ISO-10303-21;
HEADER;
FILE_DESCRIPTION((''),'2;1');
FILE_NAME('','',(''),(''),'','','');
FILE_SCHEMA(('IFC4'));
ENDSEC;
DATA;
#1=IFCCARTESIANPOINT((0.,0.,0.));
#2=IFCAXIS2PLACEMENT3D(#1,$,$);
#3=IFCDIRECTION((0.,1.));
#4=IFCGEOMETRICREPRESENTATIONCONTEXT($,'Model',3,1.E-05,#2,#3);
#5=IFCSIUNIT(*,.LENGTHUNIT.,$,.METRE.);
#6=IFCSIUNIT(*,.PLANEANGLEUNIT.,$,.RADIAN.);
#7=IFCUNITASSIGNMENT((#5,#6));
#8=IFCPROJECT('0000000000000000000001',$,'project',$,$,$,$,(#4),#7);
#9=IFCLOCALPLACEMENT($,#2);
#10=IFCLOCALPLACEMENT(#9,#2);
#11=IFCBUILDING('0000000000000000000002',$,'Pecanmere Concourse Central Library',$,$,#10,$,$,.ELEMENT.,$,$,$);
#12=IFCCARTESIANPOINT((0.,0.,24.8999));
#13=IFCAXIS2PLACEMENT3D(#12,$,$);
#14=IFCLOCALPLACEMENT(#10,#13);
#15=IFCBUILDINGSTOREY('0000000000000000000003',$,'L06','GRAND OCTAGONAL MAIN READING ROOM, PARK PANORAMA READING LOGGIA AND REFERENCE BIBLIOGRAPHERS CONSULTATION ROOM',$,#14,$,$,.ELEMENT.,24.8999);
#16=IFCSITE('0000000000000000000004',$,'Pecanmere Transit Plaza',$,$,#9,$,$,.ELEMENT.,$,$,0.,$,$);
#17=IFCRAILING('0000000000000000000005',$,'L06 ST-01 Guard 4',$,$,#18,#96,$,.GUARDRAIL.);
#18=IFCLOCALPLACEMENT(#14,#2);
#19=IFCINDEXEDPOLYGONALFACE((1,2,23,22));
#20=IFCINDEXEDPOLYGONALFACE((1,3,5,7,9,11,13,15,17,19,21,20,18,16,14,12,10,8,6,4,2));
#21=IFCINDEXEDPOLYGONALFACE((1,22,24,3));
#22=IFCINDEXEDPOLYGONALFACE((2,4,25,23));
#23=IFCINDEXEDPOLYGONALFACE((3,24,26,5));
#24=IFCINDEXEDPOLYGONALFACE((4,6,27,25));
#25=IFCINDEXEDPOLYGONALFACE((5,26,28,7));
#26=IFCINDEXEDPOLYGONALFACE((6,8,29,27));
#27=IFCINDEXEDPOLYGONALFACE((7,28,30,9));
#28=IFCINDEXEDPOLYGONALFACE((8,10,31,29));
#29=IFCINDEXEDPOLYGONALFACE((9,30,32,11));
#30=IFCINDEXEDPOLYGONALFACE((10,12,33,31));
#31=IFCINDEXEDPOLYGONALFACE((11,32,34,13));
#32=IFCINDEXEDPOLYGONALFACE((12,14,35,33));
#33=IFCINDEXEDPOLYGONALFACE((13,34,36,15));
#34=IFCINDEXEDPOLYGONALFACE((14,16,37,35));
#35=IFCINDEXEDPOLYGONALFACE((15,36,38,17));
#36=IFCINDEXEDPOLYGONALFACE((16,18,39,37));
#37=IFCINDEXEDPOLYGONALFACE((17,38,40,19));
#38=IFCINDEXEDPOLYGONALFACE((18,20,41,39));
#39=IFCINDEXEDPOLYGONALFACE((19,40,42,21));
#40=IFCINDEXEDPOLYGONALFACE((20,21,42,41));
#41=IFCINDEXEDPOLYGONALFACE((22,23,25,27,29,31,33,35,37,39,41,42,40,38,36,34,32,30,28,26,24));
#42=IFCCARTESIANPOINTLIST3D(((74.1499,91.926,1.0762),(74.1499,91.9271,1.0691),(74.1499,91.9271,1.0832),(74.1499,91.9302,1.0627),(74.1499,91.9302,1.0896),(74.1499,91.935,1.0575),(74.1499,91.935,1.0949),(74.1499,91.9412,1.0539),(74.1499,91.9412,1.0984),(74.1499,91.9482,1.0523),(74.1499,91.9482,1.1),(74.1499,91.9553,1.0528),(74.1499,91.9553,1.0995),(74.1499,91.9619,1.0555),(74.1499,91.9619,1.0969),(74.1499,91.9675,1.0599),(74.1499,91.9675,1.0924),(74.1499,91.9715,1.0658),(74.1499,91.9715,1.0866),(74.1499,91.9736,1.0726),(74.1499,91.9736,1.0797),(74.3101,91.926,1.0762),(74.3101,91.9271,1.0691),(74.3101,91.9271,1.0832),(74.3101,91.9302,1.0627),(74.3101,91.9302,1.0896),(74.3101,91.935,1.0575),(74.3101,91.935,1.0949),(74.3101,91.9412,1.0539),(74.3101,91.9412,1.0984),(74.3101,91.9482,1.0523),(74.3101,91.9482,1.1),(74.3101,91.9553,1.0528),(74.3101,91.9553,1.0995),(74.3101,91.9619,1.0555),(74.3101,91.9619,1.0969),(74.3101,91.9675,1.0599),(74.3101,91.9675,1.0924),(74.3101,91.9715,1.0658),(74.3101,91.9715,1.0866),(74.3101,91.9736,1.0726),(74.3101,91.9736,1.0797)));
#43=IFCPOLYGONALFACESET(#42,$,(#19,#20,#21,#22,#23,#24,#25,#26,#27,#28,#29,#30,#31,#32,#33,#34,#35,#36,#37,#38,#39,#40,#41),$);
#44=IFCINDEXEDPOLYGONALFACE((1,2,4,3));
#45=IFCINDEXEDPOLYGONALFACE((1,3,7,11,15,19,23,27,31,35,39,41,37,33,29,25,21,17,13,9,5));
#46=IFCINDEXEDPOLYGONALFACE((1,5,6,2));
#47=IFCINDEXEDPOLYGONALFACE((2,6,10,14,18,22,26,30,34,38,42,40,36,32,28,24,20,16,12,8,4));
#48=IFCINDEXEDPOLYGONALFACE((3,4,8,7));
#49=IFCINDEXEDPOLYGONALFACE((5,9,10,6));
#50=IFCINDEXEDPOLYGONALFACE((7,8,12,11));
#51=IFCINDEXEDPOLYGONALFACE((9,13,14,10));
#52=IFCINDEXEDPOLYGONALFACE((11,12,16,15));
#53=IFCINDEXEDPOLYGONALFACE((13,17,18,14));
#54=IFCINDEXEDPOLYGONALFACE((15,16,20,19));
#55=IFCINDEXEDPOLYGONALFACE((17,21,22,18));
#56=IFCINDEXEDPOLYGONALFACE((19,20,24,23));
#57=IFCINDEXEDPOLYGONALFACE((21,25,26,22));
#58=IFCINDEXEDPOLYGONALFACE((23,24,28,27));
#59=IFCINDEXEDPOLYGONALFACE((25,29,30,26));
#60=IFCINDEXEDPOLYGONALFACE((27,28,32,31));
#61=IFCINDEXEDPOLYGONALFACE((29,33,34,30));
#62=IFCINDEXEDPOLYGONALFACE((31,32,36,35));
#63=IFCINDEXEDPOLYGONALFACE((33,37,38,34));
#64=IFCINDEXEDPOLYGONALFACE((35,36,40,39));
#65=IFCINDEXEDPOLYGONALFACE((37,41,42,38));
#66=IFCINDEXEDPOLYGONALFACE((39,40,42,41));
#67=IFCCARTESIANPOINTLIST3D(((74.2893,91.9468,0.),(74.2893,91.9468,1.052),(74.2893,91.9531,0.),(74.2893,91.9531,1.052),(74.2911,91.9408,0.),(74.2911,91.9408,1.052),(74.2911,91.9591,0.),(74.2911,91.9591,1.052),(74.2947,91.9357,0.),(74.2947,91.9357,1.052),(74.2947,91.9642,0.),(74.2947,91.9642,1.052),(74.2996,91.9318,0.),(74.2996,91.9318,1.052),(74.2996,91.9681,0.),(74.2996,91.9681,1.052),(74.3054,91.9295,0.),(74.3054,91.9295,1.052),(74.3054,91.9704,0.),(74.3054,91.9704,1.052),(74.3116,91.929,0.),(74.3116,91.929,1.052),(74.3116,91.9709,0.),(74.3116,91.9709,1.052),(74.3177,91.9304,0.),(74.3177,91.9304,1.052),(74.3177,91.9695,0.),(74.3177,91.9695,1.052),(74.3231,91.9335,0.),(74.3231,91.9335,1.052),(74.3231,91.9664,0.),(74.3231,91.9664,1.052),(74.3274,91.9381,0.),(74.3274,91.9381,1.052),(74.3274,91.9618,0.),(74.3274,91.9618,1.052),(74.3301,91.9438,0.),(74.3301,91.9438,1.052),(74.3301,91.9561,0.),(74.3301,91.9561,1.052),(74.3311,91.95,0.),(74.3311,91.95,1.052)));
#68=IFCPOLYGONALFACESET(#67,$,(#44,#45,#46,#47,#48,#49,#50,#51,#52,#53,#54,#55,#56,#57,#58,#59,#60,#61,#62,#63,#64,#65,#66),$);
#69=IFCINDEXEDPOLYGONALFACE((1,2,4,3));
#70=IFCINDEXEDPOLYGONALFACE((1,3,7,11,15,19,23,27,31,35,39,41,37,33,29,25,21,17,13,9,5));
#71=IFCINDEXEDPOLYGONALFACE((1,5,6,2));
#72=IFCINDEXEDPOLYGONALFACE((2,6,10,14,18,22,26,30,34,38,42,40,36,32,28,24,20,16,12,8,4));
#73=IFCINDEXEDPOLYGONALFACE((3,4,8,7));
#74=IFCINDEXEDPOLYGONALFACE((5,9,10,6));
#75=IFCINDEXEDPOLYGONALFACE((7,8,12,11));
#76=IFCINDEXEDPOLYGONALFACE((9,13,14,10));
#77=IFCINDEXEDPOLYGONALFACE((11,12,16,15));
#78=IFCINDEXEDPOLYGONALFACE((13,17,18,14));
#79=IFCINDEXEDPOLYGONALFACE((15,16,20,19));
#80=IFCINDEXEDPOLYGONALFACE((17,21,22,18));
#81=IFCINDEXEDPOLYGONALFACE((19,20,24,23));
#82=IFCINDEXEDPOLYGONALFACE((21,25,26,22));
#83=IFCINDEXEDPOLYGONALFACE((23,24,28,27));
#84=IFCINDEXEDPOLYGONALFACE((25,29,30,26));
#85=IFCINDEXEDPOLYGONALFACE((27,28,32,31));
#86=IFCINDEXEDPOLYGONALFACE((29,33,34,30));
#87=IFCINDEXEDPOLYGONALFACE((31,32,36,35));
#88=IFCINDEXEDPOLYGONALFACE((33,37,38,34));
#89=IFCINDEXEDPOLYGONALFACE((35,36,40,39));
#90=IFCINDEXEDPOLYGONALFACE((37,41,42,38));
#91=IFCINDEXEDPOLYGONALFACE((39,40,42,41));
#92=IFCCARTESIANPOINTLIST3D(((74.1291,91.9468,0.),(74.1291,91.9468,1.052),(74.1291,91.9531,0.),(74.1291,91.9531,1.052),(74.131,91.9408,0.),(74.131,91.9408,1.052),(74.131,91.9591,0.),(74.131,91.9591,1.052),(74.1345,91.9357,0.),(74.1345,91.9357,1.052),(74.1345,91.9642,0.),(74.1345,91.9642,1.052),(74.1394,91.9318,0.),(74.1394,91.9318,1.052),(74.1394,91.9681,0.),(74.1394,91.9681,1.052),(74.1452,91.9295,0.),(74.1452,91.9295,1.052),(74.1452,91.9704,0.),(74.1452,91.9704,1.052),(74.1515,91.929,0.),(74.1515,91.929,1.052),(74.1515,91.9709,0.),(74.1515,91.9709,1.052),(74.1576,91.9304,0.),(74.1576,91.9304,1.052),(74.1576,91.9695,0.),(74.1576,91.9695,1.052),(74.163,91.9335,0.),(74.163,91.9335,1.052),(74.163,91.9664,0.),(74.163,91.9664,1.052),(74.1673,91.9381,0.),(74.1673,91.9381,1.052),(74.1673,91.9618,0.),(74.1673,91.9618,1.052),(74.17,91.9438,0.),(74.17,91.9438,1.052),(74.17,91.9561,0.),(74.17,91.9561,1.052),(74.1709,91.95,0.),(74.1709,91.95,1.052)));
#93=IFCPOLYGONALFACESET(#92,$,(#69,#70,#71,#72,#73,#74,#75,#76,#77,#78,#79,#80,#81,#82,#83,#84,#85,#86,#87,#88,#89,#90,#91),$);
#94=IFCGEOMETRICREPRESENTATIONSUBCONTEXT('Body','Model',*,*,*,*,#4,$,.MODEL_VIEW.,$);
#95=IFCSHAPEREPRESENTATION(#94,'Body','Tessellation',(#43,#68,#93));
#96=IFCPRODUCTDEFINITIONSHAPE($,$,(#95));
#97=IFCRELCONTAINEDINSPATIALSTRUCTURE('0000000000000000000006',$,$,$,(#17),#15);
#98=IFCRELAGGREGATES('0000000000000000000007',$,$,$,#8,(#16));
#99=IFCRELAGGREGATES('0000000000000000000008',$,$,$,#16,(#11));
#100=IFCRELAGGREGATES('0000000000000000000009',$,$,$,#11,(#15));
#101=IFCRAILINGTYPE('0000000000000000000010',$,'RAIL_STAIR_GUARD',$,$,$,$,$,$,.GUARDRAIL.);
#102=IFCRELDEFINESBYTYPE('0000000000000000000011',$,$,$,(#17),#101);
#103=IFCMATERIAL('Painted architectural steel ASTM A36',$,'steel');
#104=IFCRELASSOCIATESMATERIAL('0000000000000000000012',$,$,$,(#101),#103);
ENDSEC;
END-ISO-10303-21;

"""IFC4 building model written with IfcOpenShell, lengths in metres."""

from ifc_helpers import new_model, si_unit, direction, frame, origin, origin_2d, place, context, subcontext, project, spatial, circle, extrude, material, type_object, element, save


model = new_model("IFC4")

# Units and contexts
model_context = context("Model", 3, precision=1e-05, world=origin(), true_north=direction((0.0, 1.0)))
body_context = subcontext(model_context, "Body", "Model", "MODEL_VIEW")
ifc_project = project(units=[si_unit("LENGTHUNIT", "METRE"), si_unit("PLANEANGLEUNIT", "RADIAN")], contexts=[model_context])

# Site, building, storey
site_placement = place(None, origin())
site = spatial("IfcSite", under=ifc_project, at=site_placement, Name="Pecanmere Transit Plaza", CompositionType="ELEMENT", RefElevation=0.0)
building_placement = place(site_placement, origin())
building = spatial("IfcBuilding", under=site, at=building_placement, Name="Pecanmere Concourse Central Library", CompositionType="ELEMENT")
storey_placement = place(building_placement, frame((0.0, 0.0, 24.8999)))
storey = spatial("IfcBuildingStorey", under=building, at=storey_placement, Name="L06", Description="GRAND OCTAGONAL MAIN READING ROOM, PARK PANORAMA READING LOGGIA AND REFERENCE BIBLIOGRAPHERS CONSULTATION ROOM", CompositionType="ELEMENT", Elevation=24.8999)

# Railing
ifc_material_1 = material(Name="Painted architectural steel ASTM A36", Category="steel")
railing_type_1 = type_object("IfcRailingType", Name="RAIL_STAIR_GUARD", PredefinedType="GUARDRAIL", material=ifc_material_1)
railing_1_placement = place(storey_placement, frame((74.3101, 91.95, 0.0)))
element("IfcRailing", 1, at=railing_1_placement, inside=storey, type_object=railing_type_1, Name="L06 ST-01 Guard 4", PredefinedType="GUARDRAIL", context=body_context, shape_type="SweptSolid", body=[
    extrude(circle(Radius=0.0239, at=origin_2d()), frame((0.0, 0.0, 1.0762), z_axis=(-1.0, 0.0, 0.0), x_axis=(0.0, -1.0, 0.0)), (0.0, 0.0, 1.0), 0.1602),
    extrude(circle(Radius=0.021, at=origin_2d()), origin(), (0.0, 0.0, 1.0), 1.052),
    extrude(circle(Radius=0.021, at=origin_2d()), frame((-0.1602, 0.0, 0.0)), (0.0, 0.0, 1.0), 1.052),
])

save(model, "model.ifc")
